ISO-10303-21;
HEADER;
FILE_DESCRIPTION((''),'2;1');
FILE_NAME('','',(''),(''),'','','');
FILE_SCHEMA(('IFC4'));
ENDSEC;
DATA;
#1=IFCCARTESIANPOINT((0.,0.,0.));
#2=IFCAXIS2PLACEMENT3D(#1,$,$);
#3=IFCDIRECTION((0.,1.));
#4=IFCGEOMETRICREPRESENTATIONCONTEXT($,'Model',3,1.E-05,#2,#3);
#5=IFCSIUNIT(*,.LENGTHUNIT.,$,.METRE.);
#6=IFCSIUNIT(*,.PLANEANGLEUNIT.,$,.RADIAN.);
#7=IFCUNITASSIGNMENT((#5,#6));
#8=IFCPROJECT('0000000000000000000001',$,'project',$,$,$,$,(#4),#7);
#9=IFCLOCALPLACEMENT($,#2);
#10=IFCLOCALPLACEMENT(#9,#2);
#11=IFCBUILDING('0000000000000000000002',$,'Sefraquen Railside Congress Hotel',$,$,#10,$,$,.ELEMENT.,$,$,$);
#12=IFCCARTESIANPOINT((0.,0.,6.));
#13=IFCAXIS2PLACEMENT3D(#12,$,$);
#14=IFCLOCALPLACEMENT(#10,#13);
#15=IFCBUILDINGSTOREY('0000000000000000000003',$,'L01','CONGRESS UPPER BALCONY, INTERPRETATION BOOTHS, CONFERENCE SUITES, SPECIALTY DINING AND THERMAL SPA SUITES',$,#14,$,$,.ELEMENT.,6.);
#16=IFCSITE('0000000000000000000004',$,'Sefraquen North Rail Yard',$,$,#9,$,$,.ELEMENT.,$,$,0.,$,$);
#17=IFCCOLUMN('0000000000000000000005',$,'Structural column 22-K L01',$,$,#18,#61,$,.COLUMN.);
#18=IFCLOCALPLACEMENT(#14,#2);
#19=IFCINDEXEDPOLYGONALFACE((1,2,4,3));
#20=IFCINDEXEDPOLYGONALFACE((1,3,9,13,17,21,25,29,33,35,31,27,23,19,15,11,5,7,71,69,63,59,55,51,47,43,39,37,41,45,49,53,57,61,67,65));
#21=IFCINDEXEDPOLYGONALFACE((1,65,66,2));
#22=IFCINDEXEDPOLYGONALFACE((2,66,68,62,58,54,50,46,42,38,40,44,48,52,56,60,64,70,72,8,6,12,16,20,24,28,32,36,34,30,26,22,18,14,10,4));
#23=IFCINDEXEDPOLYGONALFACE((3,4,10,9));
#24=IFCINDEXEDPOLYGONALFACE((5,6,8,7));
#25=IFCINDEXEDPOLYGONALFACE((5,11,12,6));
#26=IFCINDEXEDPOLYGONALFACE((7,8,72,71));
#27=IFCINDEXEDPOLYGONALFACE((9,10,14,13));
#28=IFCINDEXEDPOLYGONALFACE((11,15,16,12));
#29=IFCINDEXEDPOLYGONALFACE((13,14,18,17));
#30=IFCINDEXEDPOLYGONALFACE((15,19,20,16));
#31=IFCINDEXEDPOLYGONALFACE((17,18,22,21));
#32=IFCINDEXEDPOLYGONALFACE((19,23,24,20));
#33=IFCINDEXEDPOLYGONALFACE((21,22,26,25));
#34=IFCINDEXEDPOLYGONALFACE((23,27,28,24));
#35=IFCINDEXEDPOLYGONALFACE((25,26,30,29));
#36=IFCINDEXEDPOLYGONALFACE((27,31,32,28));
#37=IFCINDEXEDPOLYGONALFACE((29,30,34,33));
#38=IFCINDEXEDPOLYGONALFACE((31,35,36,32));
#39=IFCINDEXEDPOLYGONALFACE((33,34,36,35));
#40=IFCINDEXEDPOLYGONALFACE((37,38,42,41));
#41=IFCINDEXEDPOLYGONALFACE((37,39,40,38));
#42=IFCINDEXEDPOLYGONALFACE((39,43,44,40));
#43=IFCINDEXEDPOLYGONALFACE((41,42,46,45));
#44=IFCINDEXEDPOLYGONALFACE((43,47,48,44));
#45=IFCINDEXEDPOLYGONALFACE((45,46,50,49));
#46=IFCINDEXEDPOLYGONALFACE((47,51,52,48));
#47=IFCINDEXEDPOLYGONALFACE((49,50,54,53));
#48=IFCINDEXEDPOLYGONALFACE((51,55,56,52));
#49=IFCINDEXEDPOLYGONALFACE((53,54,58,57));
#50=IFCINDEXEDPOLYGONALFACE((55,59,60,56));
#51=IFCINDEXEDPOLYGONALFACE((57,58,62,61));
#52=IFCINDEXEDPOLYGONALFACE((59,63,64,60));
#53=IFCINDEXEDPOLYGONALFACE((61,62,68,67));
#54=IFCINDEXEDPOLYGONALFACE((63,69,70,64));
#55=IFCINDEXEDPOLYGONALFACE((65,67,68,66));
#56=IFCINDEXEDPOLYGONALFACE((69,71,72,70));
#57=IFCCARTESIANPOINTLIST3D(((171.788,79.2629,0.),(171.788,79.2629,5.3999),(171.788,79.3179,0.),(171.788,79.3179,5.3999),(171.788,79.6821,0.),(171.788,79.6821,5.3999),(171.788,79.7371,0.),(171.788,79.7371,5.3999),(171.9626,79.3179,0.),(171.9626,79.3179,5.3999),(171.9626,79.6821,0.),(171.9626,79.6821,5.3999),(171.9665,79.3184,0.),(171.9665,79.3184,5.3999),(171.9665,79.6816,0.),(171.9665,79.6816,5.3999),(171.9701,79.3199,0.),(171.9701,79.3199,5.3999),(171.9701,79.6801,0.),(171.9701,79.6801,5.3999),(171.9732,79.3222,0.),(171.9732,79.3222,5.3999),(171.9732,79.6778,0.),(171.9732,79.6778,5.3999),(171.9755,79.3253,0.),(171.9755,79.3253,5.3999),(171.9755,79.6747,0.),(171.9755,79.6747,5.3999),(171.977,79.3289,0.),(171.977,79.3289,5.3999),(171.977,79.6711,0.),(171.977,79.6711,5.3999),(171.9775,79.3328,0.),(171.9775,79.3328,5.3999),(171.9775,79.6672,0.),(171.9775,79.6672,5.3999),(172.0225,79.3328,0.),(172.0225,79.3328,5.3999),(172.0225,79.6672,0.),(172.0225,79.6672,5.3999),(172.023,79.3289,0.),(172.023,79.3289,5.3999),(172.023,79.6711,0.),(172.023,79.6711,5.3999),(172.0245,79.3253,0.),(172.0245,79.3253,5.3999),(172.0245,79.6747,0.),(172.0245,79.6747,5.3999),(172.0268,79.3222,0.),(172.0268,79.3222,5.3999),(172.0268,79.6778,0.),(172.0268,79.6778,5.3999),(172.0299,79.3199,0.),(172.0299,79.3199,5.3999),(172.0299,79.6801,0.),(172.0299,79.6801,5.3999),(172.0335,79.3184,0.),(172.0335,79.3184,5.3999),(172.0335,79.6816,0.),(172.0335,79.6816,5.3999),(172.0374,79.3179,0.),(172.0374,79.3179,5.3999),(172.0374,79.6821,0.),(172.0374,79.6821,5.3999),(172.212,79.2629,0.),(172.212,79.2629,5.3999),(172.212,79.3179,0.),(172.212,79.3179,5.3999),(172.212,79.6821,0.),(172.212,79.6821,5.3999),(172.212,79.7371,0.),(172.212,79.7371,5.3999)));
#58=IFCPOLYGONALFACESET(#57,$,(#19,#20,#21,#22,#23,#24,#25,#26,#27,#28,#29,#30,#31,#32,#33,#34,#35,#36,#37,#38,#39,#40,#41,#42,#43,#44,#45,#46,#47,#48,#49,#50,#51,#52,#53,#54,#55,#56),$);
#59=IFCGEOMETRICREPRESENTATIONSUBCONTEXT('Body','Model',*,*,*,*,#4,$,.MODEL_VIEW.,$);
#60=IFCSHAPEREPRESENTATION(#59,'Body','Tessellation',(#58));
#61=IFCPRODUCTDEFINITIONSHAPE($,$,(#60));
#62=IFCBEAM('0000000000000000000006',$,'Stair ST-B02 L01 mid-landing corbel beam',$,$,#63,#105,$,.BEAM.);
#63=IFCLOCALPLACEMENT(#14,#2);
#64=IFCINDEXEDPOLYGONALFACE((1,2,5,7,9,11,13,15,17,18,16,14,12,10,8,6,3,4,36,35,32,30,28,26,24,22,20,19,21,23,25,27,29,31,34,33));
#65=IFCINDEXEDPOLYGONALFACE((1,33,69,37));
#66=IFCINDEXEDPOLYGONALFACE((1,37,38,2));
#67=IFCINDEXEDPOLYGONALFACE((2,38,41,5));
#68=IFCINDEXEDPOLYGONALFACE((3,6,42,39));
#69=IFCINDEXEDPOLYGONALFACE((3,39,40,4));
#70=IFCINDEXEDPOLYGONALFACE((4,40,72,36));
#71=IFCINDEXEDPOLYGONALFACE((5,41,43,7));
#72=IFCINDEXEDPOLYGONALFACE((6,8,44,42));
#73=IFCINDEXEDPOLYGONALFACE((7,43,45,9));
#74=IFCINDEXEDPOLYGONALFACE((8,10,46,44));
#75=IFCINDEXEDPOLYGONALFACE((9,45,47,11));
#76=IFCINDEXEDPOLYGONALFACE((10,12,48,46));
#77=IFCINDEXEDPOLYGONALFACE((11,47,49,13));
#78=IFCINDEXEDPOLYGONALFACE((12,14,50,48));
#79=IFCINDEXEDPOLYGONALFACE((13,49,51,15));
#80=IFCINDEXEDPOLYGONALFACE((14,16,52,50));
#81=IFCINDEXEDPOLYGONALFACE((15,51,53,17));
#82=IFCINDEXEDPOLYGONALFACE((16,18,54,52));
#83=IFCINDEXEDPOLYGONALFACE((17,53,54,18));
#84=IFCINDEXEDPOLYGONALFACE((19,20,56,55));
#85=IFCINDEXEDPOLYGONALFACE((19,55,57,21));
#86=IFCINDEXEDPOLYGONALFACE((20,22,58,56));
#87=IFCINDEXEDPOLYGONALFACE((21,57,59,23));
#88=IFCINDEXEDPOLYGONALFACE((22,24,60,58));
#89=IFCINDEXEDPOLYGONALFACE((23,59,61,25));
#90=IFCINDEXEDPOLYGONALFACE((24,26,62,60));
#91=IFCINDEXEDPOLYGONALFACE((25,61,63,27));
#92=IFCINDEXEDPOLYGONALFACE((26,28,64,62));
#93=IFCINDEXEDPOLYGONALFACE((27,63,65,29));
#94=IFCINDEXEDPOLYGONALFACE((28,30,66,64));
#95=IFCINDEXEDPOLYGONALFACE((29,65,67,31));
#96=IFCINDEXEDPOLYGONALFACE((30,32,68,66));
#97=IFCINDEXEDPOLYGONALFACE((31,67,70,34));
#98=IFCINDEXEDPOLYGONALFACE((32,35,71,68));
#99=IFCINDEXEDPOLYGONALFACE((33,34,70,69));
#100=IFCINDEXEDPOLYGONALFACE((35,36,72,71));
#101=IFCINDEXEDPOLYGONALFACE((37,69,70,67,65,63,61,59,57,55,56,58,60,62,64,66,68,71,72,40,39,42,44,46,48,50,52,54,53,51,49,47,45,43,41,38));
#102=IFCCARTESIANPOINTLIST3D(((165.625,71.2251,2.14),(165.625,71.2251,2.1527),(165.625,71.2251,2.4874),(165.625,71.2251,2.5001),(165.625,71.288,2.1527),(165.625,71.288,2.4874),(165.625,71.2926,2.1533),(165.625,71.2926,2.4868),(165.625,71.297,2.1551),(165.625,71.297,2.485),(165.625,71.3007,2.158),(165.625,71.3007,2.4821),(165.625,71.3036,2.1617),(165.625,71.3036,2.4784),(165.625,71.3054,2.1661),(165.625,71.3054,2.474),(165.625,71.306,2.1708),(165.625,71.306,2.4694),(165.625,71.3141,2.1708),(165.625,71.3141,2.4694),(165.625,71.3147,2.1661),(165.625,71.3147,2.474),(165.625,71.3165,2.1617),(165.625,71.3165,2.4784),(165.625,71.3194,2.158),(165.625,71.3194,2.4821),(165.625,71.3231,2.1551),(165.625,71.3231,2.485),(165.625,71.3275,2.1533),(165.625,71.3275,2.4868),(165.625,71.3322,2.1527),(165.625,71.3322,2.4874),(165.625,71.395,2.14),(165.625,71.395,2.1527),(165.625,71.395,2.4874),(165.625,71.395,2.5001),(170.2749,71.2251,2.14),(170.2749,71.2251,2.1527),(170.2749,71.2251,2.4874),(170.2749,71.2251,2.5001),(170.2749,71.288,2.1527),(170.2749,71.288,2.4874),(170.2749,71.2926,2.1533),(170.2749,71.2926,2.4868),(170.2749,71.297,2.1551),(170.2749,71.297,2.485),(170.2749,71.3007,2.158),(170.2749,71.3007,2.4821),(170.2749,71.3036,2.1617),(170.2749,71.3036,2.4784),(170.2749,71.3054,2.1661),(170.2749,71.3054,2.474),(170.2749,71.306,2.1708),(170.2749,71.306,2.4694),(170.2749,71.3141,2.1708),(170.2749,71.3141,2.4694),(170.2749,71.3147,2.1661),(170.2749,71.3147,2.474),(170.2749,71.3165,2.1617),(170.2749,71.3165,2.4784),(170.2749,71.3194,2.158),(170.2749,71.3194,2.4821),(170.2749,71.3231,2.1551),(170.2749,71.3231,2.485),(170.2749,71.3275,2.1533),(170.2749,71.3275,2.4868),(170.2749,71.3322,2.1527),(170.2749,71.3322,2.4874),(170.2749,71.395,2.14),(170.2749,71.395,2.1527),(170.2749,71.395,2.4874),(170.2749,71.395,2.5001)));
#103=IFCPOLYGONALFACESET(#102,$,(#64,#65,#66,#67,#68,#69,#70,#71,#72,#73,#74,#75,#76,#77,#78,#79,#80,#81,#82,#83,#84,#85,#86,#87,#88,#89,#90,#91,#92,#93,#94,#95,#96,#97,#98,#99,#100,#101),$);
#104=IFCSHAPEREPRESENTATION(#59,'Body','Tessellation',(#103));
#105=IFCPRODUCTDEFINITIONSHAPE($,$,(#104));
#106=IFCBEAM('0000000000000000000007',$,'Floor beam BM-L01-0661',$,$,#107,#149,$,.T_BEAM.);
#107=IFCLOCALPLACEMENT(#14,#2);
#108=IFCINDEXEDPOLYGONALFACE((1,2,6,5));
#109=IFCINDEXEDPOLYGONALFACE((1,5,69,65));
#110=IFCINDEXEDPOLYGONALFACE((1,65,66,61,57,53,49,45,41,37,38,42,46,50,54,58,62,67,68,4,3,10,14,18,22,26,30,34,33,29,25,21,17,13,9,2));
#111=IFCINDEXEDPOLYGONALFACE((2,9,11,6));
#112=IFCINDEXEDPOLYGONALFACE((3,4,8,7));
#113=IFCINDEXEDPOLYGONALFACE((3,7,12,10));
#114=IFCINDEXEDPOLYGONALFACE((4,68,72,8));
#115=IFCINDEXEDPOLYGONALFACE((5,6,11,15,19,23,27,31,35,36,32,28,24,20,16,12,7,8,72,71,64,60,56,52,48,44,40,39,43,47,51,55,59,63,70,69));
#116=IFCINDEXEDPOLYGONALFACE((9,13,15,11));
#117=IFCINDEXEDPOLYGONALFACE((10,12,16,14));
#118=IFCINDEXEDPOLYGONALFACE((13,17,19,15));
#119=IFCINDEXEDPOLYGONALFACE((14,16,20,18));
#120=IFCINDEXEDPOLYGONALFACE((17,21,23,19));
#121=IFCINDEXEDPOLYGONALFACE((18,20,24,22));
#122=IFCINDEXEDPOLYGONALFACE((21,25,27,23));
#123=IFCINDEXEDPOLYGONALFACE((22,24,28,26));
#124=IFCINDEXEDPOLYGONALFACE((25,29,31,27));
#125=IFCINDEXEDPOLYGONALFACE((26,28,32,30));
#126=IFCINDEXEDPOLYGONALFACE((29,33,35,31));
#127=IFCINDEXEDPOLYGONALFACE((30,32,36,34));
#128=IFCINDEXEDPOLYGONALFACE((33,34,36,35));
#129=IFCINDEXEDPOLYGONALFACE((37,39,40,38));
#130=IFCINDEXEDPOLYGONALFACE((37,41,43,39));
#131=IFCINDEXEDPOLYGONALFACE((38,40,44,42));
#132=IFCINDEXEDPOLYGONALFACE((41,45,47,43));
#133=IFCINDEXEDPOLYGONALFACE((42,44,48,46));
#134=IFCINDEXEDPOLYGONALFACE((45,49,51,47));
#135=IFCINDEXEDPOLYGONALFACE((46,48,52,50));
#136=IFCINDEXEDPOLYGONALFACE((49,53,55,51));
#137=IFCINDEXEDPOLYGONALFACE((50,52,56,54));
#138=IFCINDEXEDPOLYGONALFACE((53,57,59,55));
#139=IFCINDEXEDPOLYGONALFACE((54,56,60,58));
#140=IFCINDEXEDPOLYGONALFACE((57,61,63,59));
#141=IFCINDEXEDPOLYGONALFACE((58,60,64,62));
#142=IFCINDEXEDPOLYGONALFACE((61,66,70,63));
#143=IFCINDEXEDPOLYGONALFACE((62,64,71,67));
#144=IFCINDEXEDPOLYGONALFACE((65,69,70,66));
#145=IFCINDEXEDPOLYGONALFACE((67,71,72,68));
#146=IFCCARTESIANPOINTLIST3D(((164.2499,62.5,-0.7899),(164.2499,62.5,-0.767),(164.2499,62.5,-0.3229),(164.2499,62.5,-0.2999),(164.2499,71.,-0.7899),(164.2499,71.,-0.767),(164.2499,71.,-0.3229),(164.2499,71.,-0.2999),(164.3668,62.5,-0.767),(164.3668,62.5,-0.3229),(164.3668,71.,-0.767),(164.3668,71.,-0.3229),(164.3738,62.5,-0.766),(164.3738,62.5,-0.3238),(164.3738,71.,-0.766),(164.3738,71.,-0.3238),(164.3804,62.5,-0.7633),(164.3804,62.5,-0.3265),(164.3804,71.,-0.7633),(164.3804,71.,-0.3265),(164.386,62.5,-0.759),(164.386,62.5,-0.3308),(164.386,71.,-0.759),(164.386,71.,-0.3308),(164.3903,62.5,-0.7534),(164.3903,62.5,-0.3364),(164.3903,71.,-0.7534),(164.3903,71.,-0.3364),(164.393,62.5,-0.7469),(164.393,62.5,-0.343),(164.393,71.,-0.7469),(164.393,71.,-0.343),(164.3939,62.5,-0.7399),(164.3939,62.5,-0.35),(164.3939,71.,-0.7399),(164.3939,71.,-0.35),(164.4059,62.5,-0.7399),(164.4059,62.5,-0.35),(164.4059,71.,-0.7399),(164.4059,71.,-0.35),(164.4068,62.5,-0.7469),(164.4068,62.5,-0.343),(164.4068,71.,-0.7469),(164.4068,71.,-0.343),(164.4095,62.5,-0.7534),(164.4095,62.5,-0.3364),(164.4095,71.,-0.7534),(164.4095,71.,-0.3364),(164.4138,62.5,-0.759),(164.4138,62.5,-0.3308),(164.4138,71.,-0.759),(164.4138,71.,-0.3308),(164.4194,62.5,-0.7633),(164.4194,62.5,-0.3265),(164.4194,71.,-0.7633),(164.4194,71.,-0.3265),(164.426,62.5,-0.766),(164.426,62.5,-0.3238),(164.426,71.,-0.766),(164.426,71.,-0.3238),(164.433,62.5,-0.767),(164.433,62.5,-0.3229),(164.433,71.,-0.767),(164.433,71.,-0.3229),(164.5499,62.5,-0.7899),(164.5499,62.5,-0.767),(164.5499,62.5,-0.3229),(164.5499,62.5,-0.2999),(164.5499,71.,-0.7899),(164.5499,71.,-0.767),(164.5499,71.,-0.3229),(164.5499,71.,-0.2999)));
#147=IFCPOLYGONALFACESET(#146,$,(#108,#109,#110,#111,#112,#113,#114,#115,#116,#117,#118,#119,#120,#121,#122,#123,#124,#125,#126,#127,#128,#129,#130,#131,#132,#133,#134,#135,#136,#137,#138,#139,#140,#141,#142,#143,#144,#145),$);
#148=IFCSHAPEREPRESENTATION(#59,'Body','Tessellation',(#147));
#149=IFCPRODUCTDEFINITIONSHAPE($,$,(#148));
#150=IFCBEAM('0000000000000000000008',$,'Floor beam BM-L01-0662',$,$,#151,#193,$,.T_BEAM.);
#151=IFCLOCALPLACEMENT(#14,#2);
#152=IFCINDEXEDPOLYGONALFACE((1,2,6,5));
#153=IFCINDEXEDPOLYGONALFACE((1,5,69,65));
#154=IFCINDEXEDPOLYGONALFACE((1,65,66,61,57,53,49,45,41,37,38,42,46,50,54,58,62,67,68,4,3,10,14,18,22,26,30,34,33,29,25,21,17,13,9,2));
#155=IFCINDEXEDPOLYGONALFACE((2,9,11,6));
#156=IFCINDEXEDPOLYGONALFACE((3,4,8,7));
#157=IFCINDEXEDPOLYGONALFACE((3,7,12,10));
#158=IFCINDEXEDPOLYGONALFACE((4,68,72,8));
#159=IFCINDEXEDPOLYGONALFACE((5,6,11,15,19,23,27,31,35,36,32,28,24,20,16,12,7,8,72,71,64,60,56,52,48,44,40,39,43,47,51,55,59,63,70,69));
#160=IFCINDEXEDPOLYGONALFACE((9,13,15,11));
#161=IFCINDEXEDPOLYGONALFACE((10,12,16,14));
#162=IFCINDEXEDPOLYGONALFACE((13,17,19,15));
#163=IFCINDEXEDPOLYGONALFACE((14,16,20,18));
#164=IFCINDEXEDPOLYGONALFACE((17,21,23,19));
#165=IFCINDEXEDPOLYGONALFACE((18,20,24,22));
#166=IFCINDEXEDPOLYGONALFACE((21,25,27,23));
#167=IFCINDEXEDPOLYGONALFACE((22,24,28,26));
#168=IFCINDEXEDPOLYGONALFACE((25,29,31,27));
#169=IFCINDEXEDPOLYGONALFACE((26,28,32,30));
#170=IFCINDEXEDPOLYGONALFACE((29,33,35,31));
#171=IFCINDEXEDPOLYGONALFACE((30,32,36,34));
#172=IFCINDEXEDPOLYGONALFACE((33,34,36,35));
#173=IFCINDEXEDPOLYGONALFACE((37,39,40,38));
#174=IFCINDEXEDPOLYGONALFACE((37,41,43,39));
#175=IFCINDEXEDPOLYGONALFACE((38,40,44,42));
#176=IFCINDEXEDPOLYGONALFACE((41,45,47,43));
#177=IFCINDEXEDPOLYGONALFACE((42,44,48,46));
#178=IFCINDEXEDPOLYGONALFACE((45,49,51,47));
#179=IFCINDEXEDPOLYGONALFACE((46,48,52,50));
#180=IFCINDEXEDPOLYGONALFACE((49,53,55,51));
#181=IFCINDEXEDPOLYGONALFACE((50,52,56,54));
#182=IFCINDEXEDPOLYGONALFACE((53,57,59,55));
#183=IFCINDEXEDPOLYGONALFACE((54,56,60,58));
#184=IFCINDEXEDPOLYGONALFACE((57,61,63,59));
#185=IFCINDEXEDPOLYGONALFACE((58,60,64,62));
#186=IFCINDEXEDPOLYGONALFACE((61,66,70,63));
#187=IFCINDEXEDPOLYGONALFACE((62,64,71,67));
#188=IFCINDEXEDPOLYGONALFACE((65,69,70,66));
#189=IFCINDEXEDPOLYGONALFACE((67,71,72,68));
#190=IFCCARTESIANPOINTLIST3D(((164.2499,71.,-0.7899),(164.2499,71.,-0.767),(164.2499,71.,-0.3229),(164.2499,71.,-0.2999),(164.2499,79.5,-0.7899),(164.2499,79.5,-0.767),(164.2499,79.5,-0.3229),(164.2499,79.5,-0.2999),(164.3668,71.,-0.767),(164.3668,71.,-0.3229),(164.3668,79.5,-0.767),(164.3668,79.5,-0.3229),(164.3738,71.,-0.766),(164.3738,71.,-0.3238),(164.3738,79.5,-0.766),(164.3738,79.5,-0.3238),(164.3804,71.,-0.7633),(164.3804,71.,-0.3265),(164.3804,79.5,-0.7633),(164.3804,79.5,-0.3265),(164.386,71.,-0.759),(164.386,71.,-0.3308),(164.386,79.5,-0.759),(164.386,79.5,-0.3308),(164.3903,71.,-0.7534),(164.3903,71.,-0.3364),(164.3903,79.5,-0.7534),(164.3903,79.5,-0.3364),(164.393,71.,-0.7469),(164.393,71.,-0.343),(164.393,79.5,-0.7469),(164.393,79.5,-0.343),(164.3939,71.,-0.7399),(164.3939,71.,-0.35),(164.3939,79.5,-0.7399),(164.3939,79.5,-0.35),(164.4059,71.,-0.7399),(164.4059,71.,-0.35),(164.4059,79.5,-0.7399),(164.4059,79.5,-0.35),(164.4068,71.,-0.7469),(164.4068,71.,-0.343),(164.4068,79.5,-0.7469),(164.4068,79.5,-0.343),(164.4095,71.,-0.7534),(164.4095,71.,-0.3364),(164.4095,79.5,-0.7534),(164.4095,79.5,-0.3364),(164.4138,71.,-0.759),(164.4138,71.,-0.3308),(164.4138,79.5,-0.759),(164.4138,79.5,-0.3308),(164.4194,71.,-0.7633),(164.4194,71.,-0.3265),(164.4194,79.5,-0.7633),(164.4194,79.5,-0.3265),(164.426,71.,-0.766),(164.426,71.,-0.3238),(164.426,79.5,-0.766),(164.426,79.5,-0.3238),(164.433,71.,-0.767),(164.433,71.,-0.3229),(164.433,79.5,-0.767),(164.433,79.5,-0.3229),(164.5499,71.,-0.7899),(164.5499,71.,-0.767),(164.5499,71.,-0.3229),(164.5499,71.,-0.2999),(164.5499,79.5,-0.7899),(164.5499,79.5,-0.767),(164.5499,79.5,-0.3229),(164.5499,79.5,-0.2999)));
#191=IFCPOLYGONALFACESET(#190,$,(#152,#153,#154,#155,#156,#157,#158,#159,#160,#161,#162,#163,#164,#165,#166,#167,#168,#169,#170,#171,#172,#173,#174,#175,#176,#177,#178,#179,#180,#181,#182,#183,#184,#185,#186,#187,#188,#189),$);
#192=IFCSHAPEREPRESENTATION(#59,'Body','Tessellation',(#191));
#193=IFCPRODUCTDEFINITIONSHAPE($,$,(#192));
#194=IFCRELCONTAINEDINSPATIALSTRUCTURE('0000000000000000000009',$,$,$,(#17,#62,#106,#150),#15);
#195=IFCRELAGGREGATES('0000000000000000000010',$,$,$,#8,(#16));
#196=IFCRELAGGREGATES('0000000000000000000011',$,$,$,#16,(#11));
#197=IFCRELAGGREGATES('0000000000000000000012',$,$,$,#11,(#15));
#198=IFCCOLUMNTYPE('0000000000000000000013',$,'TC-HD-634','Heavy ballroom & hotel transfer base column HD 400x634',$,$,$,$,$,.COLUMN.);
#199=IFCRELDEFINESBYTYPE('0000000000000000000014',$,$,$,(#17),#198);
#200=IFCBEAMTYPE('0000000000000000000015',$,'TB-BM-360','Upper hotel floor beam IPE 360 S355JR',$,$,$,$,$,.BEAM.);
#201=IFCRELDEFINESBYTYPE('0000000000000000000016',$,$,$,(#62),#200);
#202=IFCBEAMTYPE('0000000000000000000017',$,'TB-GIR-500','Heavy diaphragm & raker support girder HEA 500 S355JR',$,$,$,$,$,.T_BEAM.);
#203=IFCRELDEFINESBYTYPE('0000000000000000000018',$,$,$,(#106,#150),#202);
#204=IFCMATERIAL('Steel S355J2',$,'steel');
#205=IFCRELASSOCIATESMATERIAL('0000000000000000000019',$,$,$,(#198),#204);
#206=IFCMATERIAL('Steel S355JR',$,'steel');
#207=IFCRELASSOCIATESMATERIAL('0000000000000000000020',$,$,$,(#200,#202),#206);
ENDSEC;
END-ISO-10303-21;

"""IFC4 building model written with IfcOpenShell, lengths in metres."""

from ifc_helpers import new_model, si_unit, direction, frame, origin, origin_2d, place, context, subcontext, project, spatial, i_section, extrude, material, material_profile, profile_set, type_object, element, save


model = new_model("IFC4")

# Units and contexts
model_context = context("Model", 3, precision=1e-05, world=origin(), true_north=direction((0.0, 1.0)))
body_context = subcontext(model_context, "Body", "Model", "MODEL_VIEW")
ifc_project = project(units=[si_unit("LENGTHUNIT", "METRE"), si_unit("PLANEANGLEUNIT", "RADIAN")], contexts=[model_context])

# Site, building, storey
site_placement = place(None, origin())
site = spatial("IfcSite", under=ifc_project, at=site_placement, Name="Sefraquen North Rail Yard", CompositionType="ELEMENT", RefElevation=0.0)
building_placement = place(site_placement, origin())
building = spatial("IfcBuilding", under=site, at=building_placement, Name="Sefraquen Railside Congress Hotel", CompositionType="ELEMENT")
storey_placement = place(building_placement, frame((0.0, 0.0, 6.0)))
storey = spatial("IfcBuildingStorey", under=building, at=storey_placement, Name="L01", Description="CONGRESS UPPER BALCONY, INTERPRETATION BOOTHS, CONFERENCE SUITES, SPECIALTY DINING AND THERMAL SPA SUITES", CompositionType="ELEMENT", Elevation=6.0)

# Column
ifc_material_1 = material(Name="Steel S355J2", Category="steel")
ifc_material_profile_1 = material_profile(ifc_material_1, i_section(OverallWidth=0.4241, OverallDepth=0.4741, WebThickness=0.0449, FlangeThickness=0.0549, FilletRadius=0.0149, at=origin_2d()), Name="HD 400x634")
ifc_profile_set_1 = profile_set([ifc_material_profile_1], Name="Steel S355J2")
column_type = type_object("IfcColumnType", Name="TC-HD-634", Description="Heavy ballroom & hotel transfer base column HD 400x634", PredefinedType="COLUMN", material=ifc_profile_set_1)
for number, where, z_axis, x_axis, name in (
    (1, (172.0, 79.5, 0.0), (0.0, 0.0, 1.0), (1.0, 0.0, 0.0), "Structural column 22-K L01"),
):
    element("IfcColumn", number, at=place(storey_placement, frame(where, z_axis=z_axis, x_axis=x_axis)), inside=storey, type_object=column_type, Name=name, PredefinedType="COLUMN", context=body_context, shape_type="SweptSolid", body=[
        extrude(i_section(OverallWidth=0.4241, OverallDepth=0.4741, WebThickness=0.0449, FlangeThickness=0.0549, FilletRadius=0.0149, at=origin_2d()), origin(), (0.0, 0.0, 1.0), 5.3999),
    ])

# Beams
ifc_material_2 = material(Name="Steel S355JR", Category="steel")
ifc_material_profile_2 = material_profile(ifc_material_2, i_section(OverallWidth=0.1699, OverallDepth=0.3601, WebThickness=0.0081, FlangeThickness=0.0127, FilletRadius=0.0181, at=origin_2d()), Name="IPE 360")
ifc_profile_set_2 = profile_set([ifc_material_profile_2], Name="Steel S355JR")
beam_type_1 = type_object("IfcBeamType", Name="TB-BM-360", Description="Upper hotel floor beam IPE 360 S355JR", PredefinedType="BEAM", material=ifc_profile_set_2)
beam_placement = place(storey_placement, frame((165.625, 71.3101, 2.3201), z_axis=(1.0, 0.0, 0.0), x_axis=(0.0, 1.0, 0.0)))
element("IfcBeam", 2, at=beam_placement, inside=storey, type_object=beam_type_1, Name="Stair ST-B02 L01 mid-landing corbel beam", PredefinedType="BEAM", context=body_context, shape_type="SweptSolid", body=[
    extrude(i_section(OverallWidth=0.1699, OverallDepth=0.3601, WebThickness=0.0081, FlangeThickness=0.0127, FilletRadius=0.0181, at=origin_2d()), origin(), (0.0, 0.0, 1.0), 4.6499),
])
ifc_material_profile_3 = material_profile(ifc_material_2, i_section(OverallWidth=0.3, OverallDepth=0.49, WebThickness=0.012, FlangeThickness=0.0229, FilletRadius=0.0271, at=origin_2d()), Name="HEA 500")
ifc_profile_set_3 = profile_set([ifc_material_profile_3], Name="Steel S355JR")
beam_type_2 = type_object("IfcBeamType", Name="TB-GIR-500", Description="Heavy diaphragm & raker support girder HEA 500 S355JR", PredefinedType="T_BEAM", material=ifc_profile_set_3)
for number, where, z_axis, x_axis, name in (
    (3, (164.3999, 62.5, -0.5449), (0.0, 1.0, 0.0), (-1.0, 0.0, 0.0), "Floor beam BM-L01-0661"),
    (4, (164.3999, 71.0, -0.5449), (0.0, 1.0, 0.0), (-1.0, 0.0, 0.0), "Floor beam BM-L01-0662"),
):
    element("IfcBeam", number, at=place(storey_placement, frame(where, z_axis=z_axis, x_axis=x_axis)), inside=storey, type_object=beam_type_2, Name=name, PredefinedType="T_BEAM", context=body_context, shape_type="SweptSolid", body=[
        extrude(i_section(OverallWidth=0.3, OverallDepth=0.49, WebThickness=0.012, FlangeThickness=0.0229, FilletRadius=0.0271, at=origin_2d()), origin(), (0.0, 0.0, 1.0), 8.5),
    ])

save(model, "model.ifc")
